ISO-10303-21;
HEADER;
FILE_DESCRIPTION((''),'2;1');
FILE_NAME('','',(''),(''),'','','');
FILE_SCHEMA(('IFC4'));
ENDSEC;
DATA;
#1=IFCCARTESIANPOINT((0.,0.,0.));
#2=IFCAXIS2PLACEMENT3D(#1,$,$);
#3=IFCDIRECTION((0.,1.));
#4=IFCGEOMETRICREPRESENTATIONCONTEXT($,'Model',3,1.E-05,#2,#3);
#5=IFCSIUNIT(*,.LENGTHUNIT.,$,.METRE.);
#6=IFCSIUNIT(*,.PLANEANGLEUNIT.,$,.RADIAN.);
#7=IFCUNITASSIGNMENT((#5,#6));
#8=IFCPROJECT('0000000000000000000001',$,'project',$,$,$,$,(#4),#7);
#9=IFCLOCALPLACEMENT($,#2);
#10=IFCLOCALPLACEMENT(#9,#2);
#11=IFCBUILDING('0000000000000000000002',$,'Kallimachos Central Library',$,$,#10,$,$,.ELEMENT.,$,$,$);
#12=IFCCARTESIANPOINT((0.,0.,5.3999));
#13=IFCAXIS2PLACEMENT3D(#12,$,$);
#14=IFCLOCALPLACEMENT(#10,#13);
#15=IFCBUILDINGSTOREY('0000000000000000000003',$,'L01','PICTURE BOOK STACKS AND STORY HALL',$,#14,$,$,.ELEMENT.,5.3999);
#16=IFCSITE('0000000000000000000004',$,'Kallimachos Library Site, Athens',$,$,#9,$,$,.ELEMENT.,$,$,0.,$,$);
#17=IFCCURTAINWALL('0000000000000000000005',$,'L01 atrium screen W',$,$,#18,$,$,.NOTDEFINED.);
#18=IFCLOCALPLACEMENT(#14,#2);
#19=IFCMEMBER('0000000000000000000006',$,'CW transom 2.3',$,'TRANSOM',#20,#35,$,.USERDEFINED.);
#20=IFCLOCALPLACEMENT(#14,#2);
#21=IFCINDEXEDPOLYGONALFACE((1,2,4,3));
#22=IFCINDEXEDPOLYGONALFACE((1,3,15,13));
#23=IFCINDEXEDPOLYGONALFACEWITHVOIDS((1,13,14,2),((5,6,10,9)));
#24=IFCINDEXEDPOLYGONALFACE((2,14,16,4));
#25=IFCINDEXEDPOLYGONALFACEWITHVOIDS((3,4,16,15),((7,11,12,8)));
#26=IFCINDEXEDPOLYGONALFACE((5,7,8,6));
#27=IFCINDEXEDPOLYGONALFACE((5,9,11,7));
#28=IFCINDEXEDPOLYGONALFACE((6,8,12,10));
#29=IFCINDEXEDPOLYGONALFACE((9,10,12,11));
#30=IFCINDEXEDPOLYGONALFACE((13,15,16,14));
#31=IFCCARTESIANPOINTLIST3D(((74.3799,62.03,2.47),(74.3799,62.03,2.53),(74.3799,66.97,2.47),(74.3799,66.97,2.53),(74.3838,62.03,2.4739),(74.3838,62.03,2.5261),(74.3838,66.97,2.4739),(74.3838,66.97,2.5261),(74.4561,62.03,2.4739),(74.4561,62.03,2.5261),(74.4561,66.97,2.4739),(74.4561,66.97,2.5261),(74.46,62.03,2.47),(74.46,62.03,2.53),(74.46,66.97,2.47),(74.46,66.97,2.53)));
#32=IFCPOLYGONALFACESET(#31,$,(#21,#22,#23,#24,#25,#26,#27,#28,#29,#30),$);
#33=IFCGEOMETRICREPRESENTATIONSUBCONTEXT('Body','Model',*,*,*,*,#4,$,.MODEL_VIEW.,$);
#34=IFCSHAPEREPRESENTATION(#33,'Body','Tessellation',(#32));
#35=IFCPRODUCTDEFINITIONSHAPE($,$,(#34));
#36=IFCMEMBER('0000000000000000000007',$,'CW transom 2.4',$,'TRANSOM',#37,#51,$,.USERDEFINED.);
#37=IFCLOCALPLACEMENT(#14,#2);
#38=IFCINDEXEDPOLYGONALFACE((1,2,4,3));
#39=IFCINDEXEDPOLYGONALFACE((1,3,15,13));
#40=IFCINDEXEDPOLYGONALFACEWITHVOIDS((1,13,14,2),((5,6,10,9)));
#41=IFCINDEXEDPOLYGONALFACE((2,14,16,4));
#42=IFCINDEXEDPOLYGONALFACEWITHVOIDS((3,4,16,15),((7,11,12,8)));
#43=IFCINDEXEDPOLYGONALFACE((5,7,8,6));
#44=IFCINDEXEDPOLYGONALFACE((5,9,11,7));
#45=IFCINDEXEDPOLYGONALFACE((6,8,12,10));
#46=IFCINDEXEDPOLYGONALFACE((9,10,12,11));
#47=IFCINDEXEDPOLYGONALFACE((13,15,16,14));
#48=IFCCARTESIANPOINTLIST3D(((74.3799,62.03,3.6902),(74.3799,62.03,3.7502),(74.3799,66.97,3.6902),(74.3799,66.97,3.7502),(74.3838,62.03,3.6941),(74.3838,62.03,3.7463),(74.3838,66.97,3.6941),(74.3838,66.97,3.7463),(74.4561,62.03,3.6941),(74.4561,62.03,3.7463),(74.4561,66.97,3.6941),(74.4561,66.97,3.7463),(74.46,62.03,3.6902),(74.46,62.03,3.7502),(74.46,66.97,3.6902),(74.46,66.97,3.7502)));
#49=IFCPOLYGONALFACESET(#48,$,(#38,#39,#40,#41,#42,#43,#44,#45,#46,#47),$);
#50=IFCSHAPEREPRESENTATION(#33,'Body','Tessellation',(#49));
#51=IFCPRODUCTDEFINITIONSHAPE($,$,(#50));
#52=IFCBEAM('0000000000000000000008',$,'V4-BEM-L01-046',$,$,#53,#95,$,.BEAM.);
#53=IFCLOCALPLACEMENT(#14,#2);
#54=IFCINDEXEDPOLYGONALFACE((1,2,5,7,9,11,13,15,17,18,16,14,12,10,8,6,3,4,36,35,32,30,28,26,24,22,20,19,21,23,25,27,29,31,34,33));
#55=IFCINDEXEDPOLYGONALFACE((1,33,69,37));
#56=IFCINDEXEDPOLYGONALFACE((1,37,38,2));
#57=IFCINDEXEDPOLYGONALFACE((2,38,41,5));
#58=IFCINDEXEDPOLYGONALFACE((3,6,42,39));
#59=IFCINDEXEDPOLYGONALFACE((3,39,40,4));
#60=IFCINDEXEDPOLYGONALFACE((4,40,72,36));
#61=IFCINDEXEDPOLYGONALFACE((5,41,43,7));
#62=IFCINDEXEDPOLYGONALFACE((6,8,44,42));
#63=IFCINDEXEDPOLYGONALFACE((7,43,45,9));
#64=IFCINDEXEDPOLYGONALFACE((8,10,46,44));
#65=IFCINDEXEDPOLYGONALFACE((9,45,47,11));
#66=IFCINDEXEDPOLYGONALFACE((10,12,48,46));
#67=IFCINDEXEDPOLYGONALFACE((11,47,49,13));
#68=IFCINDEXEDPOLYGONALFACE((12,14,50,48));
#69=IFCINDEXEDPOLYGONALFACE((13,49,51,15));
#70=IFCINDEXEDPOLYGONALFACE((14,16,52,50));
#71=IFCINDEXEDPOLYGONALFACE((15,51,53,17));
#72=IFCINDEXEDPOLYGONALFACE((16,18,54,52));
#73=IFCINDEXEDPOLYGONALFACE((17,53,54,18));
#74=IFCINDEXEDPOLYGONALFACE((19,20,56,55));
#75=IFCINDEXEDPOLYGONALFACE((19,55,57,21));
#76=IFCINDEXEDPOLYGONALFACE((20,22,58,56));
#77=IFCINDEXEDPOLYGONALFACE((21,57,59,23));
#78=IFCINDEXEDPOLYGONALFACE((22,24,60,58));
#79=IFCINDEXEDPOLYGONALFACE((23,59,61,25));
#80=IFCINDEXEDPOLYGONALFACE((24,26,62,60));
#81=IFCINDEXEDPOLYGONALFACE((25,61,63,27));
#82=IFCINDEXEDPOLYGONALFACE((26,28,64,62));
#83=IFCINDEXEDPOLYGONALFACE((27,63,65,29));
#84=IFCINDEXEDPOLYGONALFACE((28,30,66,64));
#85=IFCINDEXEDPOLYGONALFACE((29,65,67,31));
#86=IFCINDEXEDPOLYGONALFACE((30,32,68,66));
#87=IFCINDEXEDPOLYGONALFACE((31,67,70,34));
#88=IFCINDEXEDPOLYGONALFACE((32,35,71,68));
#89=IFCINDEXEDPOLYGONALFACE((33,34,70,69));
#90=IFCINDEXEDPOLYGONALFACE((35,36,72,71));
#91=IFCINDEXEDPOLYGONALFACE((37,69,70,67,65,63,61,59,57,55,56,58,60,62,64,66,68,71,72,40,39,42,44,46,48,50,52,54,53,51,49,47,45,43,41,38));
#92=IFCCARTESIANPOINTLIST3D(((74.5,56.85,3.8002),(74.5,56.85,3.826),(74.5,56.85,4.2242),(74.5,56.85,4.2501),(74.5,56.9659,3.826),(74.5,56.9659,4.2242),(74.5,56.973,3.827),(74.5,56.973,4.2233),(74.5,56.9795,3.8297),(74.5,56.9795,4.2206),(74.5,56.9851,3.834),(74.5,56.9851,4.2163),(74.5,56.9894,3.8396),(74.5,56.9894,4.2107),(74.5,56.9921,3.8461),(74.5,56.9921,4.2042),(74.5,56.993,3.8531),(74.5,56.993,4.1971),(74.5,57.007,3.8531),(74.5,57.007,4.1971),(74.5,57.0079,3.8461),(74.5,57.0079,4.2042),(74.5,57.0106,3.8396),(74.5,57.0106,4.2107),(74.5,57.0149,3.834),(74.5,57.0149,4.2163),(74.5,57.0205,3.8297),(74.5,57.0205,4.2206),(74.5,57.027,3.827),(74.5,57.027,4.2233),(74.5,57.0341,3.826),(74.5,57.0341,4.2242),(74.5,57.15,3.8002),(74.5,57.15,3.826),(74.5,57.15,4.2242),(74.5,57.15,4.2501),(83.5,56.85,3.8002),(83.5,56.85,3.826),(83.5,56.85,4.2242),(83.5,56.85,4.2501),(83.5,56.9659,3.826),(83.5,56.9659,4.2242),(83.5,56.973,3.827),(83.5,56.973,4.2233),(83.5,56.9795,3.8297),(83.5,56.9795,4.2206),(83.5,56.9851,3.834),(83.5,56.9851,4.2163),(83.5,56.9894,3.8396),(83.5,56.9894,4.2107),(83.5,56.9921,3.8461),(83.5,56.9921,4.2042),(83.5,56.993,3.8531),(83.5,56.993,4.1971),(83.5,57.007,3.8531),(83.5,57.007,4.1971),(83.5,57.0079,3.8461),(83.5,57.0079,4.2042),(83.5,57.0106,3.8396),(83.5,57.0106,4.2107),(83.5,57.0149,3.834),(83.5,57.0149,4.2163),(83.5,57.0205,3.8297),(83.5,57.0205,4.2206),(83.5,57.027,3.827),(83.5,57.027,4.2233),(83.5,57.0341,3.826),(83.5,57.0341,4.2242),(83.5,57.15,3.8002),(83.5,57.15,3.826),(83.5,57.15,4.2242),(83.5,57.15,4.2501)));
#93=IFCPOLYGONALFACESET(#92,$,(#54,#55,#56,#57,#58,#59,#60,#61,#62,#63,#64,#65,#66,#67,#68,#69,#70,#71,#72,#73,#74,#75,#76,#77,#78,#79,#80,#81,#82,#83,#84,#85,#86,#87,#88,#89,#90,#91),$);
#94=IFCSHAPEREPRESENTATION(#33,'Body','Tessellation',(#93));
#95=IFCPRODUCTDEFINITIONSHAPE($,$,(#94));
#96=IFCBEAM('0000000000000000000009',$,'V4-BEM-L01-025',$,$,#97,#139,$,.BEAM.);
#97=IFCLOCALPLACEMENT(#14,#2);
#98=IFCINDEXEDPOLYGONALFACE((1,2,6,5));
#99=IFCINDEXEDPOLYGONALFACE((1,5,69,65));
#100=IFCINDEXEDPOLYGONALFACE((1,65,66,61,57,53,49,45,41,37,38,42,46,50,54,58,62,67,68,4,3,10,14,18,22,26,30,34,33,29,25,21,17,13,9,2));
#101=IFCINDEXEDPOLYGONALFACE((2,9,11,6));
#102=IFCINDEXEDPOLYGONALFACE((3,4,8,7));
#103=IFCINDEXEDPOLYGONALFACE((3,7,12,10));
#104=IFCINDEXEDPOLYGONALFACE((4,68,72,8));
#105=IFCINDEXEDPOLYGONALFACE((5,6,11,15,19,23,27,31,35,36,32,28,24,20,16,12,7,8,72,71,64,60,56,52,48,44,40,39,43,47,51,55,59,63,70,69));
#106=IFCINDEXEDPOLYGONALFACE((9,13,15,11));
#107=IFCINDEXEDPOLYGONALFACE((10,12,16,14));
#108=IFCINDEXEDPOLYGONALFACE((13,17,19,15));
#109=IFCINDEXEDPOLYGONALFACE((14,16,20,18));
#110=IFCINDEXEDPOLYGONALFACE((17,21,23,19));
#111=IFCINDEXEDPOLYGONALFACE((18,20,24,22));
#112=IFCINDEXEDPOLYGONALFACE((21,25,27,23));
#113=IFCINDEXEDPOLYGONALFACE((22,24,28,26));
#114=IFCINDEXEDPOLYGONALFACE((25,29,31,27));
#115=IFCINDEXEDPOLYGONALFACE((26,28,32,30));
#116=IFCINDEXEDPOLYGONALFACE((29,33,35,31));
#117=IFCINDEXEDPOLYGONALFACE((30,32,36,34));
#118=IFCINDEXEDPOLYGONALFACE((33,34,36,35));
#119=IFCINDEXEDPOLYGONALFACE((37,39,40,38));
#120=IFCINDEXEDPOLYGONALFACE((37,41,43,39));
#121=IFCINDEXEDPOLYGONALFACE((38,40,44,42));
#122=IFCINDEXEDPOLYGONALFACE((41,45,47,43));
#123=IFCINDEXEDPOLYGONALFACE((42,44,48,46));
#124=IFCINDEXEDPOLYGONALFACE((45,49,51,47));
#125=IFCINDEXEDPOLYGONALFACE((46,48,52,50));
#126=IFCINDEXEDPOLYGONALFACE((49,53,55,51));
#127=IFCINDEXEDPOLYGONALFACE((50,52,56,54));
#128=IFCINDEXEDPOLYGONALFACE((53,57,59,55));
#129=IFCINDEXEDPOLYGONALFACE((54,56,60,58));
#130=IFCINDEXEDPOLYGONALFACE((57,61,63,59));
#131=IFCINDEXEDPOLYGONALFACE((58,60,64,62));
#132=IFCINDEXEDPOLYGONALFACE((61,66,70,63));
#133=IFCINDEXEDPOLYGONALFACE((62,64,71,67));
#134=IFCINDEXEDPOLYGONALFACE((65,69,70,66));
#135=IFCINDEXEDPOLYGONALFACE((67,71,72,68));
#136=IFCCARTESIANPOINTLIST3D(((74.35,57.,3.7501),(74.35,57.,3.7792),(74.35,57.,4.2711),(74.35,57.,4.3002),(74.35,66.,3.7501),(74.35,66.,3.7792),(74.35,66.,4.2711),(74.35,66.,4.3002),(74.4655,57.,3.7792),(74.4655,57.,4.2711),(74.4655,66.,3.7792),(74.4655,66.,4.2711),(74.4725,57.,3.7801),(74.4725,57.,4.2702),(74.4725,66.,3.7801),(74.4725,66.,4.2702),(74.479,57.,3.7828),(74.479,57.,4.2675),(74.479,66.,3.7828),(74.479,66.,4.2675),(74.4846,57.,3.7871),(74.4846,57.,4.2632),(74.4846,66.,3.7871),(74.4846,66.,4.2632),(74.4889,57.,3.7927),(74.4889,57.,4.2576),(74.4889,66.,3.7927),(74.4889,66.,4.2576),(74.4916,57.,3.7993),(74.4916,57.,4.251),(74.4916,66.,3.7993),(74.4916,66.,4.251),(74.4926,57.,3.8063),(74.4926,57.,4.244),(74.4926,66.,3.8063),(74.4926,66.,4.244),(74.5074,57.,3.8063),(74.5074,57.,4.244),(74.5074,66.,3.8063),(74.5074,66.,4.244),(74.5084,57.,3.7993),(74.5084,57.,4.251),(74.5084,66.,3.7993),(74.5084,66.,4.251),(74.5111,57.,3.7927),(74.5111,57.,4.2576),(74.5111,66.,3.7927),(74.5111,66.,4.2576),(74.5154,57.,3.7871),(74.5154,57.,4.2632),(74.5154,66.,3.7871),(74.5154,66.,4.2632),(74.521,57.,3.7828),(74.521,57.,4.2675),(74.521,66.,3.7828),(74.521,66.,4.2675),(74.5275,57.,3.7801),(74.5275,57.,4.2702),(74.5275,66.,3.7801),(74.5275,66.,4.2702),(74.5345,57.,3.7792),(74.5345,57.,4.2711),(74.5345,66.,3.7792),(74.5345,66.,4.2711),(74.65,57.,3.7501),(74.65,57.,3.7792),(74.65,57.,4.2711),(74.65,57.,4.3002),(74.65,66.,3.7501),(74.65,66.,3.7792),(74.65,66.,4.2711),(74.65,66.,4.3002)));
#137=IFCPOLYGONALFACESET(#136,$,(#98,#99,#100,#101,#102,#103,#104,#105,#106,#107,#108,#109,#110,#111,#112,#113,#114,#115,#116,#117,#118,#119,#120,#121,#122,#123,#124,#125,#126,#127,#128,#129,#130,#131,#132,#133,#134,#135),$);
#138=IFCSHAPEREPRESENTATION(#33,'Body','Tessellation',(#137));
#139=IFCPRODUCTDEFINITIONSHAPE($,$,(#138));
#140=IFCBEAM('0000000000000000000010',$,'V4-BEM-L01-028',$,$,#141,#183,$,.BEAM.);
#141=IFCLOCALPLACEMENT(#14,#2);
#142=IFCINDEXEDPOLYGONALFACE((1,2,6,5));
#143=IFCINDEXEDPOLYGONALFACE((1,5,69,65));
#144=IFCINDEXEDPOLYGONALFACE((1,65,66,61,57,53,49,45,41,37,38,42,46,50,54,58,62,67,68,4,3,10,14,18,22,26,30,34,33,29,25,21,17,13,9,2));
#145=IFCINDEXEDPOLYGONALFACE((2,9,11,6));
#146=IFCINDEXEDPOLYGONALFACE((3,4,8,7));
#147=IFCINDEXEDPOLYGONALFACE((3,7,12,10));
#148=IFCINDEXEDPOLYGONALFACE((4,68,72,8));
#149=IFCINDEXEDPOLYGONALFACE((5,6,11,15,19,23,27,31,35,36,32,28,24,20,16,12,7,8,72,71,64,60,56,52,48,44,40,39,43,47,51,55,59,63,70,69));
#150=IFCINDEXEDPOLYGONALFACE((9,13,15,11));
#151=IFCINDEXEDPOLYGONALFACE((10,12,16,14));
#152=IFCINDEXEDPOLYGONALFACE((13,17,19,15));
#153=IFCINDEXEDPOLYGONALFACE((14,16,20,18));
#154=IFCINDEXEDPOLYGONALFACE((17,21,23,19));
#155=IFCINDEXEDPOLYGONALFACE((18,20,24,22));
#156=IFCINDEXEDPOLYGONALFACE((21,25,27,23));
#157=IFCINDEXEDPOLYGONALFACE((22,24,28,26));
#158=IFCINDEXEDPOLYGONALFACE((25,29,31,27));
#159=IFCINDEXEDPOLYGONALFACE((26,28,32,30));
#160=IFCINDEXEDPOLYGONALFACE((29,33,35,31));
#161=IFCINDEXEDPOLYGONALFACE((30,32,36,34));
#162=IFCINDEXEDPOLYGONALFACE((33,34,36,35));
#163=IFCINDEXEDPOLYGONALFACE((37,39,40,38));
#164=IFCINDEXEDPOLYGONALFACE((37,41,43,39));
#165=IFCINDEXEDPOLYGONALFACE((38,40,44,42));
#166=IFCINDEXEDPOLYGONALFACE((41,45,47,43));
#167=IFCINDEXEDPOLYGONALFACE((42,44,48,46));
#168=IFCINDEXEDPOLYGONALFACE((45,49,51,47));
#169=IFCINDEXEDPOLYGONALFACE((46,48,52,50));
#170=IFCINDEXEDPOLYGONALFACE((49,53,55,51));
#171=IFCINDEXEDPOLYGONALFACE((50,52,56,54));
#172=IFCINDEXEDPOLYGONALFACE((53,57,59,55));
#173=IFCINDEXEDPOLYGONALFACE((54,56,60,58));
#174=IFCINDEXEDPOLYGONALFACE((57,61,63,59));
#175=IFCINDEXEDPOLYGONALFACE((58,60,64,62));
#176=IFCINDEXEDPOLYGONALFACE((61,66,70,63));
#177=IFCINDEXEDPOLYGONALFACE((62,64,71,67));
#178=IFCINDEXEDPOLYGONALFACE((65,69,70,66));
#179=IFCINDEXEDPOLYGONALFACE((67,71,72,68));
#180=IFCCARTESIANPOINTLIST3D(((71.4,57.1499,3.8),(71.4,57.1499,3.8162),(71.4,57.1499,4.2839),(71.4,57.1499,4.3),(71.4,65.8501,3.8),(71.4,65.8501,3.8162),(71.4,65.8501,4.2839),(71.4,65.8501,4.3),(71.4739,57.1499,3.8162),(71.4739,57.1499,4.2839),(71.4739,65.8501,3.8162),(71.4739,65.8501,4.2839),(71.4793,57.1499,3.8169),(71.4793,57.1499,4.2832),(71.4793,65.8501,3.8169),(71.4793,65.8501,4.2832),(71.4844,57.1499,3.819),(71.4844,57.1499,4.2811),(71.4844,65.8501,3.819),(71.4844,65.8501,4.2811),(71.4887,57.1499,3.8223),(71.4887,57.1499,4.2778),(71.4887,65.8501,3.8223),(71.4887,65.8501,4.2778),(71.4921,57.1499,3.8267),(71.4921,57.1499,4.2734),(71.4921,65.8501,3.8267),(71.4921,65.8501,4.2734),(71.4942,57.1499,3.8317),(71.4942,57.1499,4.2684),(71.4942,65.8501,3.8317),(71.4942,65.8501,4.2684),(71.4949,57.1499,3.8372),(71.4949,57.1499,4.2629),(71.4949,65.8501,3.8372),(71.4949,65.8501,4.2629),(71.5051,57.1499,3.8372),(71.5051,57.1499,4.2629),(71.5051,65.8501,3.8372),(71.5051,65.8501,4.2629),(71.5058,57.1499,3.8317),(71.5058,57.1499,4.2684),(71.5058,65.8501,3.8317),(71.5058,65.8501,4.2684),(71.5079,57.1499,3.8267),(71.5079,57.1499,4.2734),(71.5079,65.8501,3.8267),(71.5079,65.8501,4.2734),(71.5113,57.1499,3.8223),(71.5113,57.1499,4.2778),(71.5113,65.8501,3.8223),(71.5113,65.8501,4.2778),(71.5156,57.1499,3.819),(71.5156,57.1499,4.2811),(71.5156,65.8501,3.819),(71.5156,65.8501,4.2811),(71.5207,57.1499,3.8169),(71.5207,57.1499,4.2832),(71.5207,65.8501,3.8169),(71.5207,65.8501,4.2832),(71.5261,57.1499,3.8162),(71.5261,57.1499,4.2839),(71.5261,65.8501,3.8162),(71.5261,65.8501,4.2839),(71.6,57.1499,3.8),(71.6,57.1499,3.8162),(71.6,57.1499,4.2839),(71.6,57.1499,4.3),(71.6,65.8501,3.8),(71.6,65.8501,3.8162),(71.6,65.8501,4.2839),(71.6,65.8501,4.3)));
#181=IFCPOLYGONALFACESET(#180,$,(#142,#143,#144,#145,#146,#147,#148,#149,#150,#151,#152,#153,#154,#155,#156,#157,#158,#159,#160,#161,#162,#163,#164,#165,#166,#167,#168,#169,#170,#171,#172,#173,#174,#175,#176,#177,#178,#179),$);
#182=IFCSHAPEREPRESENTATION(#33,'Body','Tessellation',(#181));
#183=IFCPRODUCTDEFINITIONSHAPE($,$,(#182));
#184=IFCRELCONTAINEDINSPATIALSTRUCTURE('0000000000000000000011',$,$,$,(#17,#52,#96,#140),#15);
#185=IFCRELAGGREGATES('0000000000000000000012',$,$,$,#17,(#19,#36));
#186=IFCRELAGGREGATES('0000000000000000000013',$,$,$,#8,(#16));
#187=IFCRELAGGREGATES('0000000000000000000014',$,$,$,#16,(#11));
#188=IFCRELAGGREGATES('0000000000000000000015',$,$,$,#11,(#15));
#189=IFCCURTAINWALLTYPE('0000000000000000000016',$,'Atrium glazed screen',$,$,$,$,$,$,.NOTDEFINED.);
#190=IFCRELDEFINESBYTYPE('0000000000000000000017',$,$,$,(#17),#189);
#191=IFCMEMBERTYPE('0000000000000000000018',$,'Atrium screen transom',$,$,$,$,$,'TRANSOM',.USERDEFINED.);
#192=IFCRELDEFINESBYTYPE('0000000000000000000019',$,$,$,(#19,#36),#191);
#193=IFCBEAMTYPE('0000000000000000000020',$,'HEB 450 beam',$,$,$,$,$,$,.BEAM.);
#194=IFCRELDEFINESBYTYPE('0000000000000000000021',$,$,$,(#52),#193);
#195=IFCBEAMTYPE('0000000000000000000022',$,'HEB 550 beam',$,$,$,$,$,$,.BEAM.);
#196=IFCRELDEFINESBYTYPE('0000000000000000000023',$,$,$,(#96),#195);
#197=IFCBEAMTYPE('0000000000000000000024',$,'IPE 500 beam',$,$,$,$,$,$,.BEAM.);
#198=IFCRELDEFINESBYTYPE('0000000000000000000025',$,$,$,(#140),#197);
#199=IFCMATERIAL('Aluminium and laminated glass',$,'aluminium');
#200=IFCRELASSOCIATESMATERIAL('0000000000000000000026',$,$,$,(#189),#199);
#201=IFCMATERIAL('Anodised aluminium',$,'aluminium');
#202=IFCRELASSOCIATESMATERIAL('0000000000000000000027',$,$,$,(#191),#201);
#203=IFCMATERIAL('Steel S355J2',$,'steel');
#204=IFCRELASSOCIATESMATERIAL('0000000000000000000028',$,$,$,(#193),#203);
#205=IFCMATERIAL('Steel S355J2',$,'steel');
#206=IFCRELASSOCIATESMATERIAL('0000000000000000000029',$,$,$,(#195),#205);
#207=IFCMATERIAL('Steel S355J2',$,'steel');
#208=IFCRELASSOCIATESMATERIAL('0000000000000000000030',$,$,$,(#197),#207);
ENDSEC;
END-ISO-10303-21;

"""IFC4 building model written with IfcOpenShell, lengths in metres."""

from ifc_helpers import new_model, si_unit, direction, frame, origin, origin_2d, place, context, subcontext, project, spatial, hollow_rectangle, i_section, extrude, material, material_profile, profile_set, type_object, element, aggregate, save


model = new_model("IFC4")

# Units and contexts
model_context = context("Model", 3, precision=1e-05, world=origin(), true_north=direction((0.0, 1.0)))
body_context = subcontext(model_context, "Body", "Model", "MODEL_VIEW")
ifc_project = project(units=[si_unit("LENGTHUNIT", "METRE"), si_unit("PLANEANGLEUNIT", "RADIAN")], contexts=[model_context])

# Site, building, storey
site_placement = place(None, origin())
site = spatial("IfcSite", under=ifc_project, at=site_placement, Name="Kallimachos Library Site, Athens", CompositionType="ELEMENT", RefElevation=0.0)
building_placement = place(site_placement, origin())
building = spatial("IfcBuilding", under=site, at=building_placement, Name="Kallimachos Central Library", CompositionType="ELEMENT")
storey_placement = place(building_placement, frame((0.0, 0.0, 5.3999)))
storey = spatial("IfcBuildingStorey", under=building, at=storey_placement, Name="L01", Description="PICTURE BOOK STACKS AND STORY HALL", CompositionType="ELEMENT", Elevation=5.3999)

# Curtain wall, members
ifc_material_1 = material(Name="Aluminium and laminated glass", Category="aluminium")
curtain_wall_type = type_object("IfcCurtainWallType", Name="Atrium glazed screen", PredefinedType="NOTDEFINED", material=ifc_material_1)
curtain_wall_1_placement = place(storey_placement, origin())
curtain_wall_1 = element("IfcCurtainWall", 1, at=curtain_wall_1_placement, inside=storey, type_object=curtain_wall_type, Name="L01 atrium screen W", PredefinedType="NOTDEFINED")
ifc_material_2 = material(Name="Anodised aluminium", Category="aluminium")
ifc_material_profile_1 = material_profile(ifc_material_2, hollow_rectangle(XDim=0.0601, YDim=0.0801, WallThickness=0.0039, at=origin_2d()), Name="ALU TRANSOM 60x80")
ifc_profile_set_1 = profile_set([ifc_material_profile_1], Name="Anodised aluminium")
member_type_1 = type_object("IfcMemberType", Name="Atrium screen transom", ElementType="TRANSOM", PredefinedType="USERDEFINED", material=ifc_profile_set_1)
member_1_placement = place(storey_placement, frame((74.4199, 62.03, 2.5), z_axis=(0.0, 1.0, 0.0), x_axis=(0.0, 0.0, 1.0)))
member_1 = element("IfcMember", 2, at=member_1_placement, type_object=member_type_1, Name="CW transom 2.3", ObjectType="TRANSOM", PredefinedType="USERDEFINED", context=body_context, shape_type="SweptSolid", body=[
    extrude(hollow_rectangle(XDim=0.0601, YDim=0.0801, WallThickness=0.0039, at=origin_2d()), origin(), (0.0, 0.0, 1.0), 4.9399),
])
member_2_placement = place(storey_placement, frame((74.4199, 62.03, 3.7202), z_axis=(0.0, 1.0, 0.0), x_axis=(0.0, 0.0, 1.0)))
member_2 = element("IfcMember", 3, at=member_2_placement, type_object=member_type_1, Name="CW transom 2.4", ObjectType="TRANSOM", PredefinedType="USERDEFINED", context=body_context, shape_type="SweptSolid", body=[
    extrude(hollow_rectangle(XDim=0.0601, YDim=0.0801, WallThickness=0.0039, at=origin_2d()), origin(), (0.0, 0.0, 1.0), 4.9399),
])

# Beams
ifc_material_3 = material(Name="Steel S355J2", Category="steel")
ifc_material_profile_2 = material_profile(ifc_material_3, i_section(OverallWidth=0.3, OverallDepth=0.45, WebThickness=0.0139, FlangeThickness=0.0259, FilletRadius=0.0271, at=origin_2d()), Name="HEB 450")
ifc_profile_set_2 = profile_set([ifc_material_profile_2], Name="Steel S355J2")
beam_type_1 = type_object("IfcBeamType", Name="HEB 450 beam", PredefinedType="BEAM", material=ifc_profile_set_2)
beam_1_placement = place(storey_placement, frame((74.5, 57.0, 4.0251), z_axis=(1.0, 0.0, 0.0), x_axis=(0.0, 1.0, 0.0)))
element("IfcBeam", 4, at=beam_1_placement, inside=storey, type_object=beam_type_1, Name="V4-BEM-L01-046", PredefinedType="BEAM", context=body_context, shape_type="SweptSolid", body=[
    extrude(i_section(OverallWidth=0.3, OverallDepth=0.45, WebThickness=0.0139, FlangeThickness=0.0259, FilletRadius=0.0271, at=origin_2d()), origin(), (0.0, 0.0, 1.0), 9.0),
])
ifc_material_4 = material(Name="Steel S355J2", Category="steel")
ifc_material_profile_3 = material_profile(ifc_material_4, i_section(OverallWidth=0.3, OverallDepth=0.55, WebThickness=0.0149, FlangeThickness=0.0291, FilletRadius=0.0271, at=origin_2d()), Name="HEB 550")
ifc_profile_set_3 = profile_set([ifc_material_profile_3], Name="Steel S355J2")
beam_type_2 = type_object("IfcBeamType", Name="HEB 550 beam", PredefinedType="BEAM", material=ifc_profile_set_3)
beam_2_placement = place(storey_placement, frame((74.5, 57.0, 4.0251), z_axis=(0.0, 1.0, 0.0), x_axis=(-1.0, 0.0, 0.0)))
element("IfcBeam", 5, at=beam_2_placement, inside=storey, type_object=beam_type_2, Name="V4-BEM-L01-025", PredefinedType="BEAM", context=body_context, shape_type="SweptSolid", body=[
    extrude(i_section(OverallWidth=0.3, OverallDepth=0.55, WebThickness=0.0149, FlangeThickness=0.0291, FilletRadius=0.0271, at=origin_2d()), origin(), (0.0, 0.0, 1.0), 9.0),
])
ifc_material_5 = material(Name="Steel S355J2", Category="steel")
ifc_material_profile_4 = material_profile(ifc_material_5, i_section(OverallWidth=0.2, OverallDepth=0.5, WebThickness=0.0103, FlangeThickness=0.0161, FilletRadius=0.021, at=origin_2d()), Name="IPE 500")
ifc_profile_set_4 = profile_set([ifc_material_profile_4], Name="Steel S355J2")
beam_type_3 = type_object("IfcBeamType", Name="IPE 500 beam", PredefinedType="BEAM", material=ifc_profile_set_4)
beam_3_placement = place(storey_placement, frame((71.5, 57.1499, 4.05), z_axis=(0.0, 1.0, 0.0), x_axis=(-1.0, 0.0, 0.0)))
element("IfcBeam", 6, at=beam_3_placement, inside=storey, type_object=beam_type_3, Name="V4-BEM-L01-028", PredefinedType="BEAM", context=body_context, shape_type="SweptSolid", body=[
    extrude(i_section(OverallWidth=0.2, OverallDepth=0.5, WebThickness=0.0103, FlangeThickness=0.0161, FilletRadius=0.021, at=origin_2d()), origin(), (0.0, 0.0, 1.0), 8.7002),
])

aggregate(curtain_wall_1, [member_1, member_2])

save(model, "model.ifc")
